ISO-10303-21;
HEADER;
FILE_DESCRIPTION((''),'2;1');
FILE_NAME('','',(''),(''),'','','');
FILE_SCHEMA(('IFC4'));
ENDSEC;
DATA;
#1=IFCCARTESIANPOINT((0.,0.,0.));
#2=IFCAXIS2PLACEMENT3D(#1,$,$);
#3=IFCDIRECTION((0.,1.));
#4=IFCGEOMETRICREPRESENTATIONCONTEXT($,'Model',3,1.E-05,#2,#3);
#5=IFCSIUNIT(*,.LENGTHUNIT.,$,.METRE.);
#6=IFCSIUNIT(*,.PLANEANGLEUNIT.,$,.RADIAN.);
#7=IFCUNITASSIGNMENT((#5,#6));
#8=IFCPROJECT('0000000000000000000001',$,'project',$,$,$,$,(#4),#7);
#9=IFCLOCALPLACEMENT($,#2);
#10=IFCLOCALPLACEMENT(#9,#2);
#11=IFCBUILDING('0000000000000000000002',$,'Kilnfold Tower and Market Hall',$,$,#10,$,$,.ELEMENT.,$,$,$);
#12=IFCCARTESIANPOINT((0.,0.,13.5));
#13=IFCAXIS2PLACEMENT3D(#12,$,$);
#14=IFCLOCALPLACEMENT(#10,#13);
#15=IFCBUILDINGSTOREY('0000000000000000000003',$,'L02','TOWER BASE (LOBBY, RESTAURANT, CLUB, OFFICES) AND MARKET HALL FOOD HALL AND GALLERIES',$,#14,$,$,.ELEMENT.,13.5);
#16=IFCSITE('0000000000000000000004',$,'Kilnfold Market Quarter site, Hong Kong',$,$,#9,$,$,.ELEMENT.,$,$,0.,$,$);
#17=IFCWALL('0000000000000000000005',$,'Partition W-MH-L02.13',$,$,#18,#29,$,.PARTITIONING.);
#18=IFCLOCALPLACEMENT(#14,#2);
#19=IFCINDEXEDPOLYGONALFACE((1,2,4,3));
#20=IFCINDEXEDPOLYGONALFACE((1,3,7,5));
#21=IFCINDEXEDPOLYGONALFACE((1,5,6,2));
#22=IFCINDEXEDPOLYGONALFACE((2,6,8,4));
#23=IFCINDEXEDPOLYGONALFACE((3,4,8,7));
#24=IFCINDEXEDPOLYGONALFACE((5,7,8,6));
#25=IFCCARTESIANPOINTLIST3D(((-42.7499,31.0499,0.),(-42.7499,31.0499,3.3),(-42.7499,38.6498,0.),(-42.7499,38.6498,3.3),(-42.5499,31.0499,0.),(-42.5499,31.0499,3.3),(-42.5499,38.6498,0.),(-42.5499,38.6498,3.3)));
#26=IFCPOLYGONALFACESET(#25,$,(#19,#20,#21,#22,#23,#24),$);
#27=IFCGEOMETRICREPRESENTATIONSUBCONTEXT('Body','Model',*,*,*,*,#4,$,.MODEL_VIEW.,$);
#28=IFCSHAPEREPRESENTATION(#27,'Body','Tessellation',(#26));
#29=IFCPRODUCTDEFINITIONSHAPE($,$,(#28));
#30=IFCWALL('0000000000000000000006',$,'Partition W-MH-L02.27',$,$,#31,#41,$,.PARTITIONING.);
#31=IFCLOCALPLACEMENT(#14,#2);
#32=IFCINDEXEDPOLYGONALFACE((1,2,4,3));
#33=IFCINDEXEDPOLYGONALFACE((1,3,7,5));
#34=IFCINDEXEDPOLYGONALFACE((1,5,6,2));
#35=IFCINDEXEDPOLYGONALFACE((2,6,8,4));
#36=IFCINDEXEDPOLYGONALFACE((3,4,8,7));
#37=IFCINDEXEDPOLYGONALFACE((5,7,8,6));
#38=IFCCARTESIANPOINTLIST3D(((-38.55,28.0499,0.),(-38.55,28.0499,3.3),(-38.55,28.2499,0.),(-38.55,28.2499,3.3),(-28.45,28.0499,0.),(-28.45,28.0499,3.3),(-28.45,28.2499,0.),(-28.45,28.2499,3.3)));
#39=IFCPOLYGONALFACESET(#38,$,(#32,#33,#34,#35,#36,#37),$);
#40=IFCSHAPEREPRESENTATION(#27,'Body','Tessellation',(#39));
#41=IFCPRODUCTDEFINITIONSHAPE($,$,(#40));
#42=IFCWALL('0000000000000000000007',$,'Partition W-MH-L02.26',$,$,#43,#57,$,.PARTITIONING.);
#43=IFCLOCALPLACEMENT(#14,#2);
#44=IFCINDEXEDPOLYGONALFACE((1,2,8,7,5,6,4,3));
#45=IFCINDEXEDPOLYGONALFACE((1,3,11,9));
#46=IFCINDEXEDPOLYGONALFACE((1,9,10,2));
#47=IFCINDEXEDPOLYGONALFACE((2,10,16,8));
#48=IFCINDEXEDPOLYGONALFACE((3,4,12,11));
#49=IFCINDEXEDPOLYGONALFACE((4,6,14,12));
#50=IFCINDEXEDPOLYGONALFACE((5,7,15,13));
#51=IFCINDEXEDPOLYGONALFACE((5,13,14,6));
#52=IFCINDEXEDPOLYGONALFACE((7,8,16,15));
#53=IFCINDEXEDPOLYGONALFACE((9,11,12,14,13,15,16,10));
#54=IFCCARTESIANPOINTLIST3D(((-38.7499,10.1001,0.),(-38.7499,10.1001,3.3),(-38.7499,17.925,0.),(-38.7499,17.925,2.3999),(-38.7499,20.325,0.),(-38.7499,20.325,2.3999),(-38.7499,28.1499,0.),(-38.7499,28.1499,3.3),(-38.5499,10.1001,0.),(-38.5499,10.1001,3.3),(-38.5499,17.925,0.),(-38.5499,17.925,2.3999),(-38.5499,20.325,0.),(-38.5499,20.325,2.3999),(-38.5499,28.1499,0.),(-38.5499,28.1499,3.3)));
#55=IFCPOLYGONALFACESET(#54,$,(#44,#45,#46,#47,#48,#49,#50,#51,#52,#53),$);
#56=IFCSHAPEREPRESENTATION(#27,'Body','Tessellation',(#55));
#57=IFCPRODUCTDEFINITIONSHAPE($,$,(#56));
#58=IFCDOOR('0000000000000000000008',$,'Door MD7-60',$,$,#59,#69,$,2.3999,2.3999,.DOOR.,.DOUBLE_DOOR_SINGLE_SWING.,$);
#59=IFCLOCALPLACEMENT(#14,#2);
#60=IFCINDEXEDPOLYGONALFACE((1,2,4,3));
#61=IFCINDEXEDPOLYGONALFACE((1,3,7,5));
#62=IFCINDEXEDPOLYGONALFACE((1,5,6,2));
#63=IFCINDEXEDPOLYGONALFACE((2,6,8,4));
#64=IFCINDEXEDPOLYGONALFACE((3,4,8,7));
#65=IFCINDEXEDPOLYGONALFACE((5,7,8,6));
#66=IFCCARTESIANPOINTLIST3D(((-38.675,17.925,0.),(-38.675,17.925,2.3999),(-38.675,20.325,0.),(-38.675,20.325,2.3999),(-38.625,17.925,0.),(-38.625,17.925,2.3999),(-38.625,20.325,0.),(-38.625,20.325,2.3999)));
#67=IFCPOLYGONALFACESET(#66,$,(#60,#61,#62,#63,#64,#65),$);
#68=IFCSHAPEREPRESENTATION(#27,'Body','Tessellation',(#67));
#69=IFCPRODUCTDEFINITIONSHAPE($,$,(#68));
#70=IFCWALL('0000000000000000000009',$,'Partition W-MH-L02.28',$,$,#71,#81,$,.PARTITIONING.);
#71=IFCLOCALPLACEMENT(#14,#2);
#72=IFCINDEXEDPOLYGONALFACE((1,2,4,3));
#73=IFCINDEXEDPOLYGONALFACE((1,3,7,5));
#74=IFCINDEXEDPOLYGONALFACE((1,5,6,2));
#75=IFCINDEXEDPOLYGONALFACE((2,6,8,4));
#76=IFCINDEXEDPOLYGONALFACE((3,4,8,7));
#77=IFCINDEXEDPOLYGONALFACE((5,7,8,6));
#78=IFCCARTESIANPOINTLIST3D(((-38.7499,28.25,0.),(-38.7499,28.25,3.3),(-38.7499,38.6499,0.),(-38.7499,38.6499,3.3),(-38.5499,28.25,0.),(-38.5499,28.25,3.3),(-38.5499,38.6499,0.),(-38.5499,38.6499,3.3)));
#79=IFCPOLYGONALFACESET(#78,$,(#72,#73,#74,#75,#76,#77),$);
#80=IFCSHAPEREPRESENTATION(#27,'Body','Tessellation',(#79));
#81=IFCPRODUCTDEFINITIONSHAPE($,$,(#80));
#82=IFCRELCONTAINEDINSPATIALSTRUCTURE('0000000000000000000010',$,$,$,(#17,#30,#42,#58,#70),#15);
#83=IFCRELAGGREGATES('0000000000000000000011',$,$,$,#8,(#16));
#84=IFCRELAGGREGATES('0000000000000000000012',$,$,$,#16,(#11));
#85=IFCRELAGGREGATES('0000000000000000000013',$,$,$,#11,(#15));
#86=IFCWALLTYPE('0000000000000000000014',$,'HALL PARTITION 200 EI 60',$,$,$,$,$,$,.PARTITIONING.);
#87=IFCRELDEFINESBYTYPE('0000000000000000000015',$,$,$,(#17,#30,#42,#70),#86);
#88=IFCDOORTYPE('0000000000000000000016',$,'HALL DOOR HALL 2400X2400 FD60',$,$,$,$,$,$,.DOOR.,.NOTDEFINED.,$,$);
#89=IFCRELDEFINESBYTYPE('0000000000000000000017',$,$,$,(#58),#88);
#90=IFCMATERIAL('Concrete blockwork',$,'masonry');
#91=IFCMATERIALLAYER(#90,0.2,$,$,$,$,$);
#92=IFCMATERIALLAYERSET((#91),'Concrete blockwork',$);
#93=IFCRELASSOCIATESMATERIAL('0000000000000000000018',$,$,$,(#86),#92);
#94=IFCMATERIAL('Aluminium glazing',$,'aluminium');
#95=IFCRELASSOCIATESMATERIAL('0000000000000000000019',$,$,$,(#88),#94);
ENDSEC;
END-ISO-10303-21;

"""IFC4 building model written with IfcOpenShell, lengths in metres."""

from ifc_helpers import new_model, si_unit, direction, frame, frame_2d, origin, place, context, subcontext, project, spatial, rectangle, extrude, source, transform, mapped, material, layer, layer_set, type_object, element, fill, save


model = new_model("IFC4")

# Units and contexts
model_context = context("Model", 3, precision=1e-05, world=origin(), true_north=direction((0.0, 1.0)))
body_context = subcontext(model_context, "Body", "Model", "MODEL_VIEW")
ifc_project = project(units=[si_unit("LENGTHUNIT", "METRE"), si_unit("PLANEANGLEUNIT", "RADIAN")], contexts=[model_context])

# Site, building, storey
site_placement = place(None, origin())
site = spatial("IfcSite", under=ifc_project, at=site_placement, Name="Kilnfold Market Quarter site, Hong Kong", CompositionType="ELEMENT", RefElevation=0.0)
building_placement = place(site_placement, origin())
building = spatial("IfcBuilding", under=site, at=building_placement, Name="Kilnfold Tower and Market Hall", CompositionType="ELEMENT")
storey_placement = place(building_placement, frame((0.0, 0.0, 13.5)))
storey = spatial("IfcBuildingStorey", under=building, at=storey_placement, Name="L02", Description="TOWER BASE (LOBBY, RESTAURANT, CLUB, OFFICES) AND MARKET HALL FOOD HALL AND GALLERIES", CompositionType="ELEMENT", Elevation=13.5)

# Wall
ifc_material_1 = material(Name="Concrete blockwork", Category="masonry")
ifc_layer_1 = layer(ifc_material_1, 0.2)
ifc_layer_set_1 = layer_set([ifc_layer_1], Name="Concrete blockwork")
wall_type_1 = type_object("IfcWallType", Name="HALL PARTITION 200 EI 60", PredefinedType="PARTITIONING", material=ifc_layer_set_1)
shared_shape_1 = source(origin(), body_context, "Body", "SweptSolid", [
    extrude(rectangle(XDim=7.5999, YDim=0.2, at=frame_2d((3.7998, 0.0))), origin(), (0.0, 0.0, 1.0), 3.3),
])
wall_1_placement = place(storey_placement, frame((-42.6499, 31.05, 0.0), z_axis=(0.0, 0.0, 1.0), x_axis=(0.0, 1.0, 0.0)))
element("IfcWall", 1, at=wall_1_placement, inside=storey, type_object=wall_type_1, Name="Partition W-MH-L02.13", PredefinedType="PARTITIONING", context=body_context, shape_type="MappedRepresentation", body=[
    mapped(shared_shape_1, transform((0.0, 0.0, 0.0))),
])

# Shared definitions
ifc_material_2 = material(Name="Aluminium glazing", Category="aluminium")
door_type_1 = type_object("IfcDoorType", Name="HALL DOOR HALL 2400X2400 FD60", OperationType="NOTDEFINED", PredefinedType="DOOR", material=ifc_material_2)

# Wall
shared_shape_2 = source(origin(), body_context, "Body", "SweptSolid", [
    extrude(rectangle(XDim=10.1001, YDim=0.2, at=frame_2d((5.05, 0.0))), origin(), (0.0, 0.0, 1.0), 3.3),
])
wall_2_placement = place(storey_placement, frame((-38.55, 28.1499, 0.0), z_axis=(0.0, 0.0, 1.0), x_axis=(1.0, 0.0, 0.0)))
element("IfcWall", 2, at=wall_2_placement, inside=storey, type_object=wall_type_1, Name="Partition W-MH-L02.27", PredefinedType="PARTITIONING", context=body_context, shape_type="MappedRepresentation", body=[
    mapped(shared_shape_2, transform((0.0, 0.0, 0.0))),
])

# Wall, opening, door
shared_shape_3 = source(origin(), body_context, "Body", "SweptSolid", [
    extrude(rectangle(XDim=18.0498, YDim=0.2, at=frame_2d((9.0249, 0.0))), origin(), (0.0, 0.0, 1.0), 3.3),
])
wall_3_placement = place(storey_placement, frame((-38.6499, 28.1499, 0.0), z_axis=(0.0, 0.0, 1.0), x_axis=(0.0, -1.0, 0.0)))
wall_3 = element("IfcWall", 3, at=wall_3_placement, inside=storey, type_object=wall_type_1, Name="Partition W-MH-L02.26", PredefinedType="PARTITIONING", context=body_context, shape_type="MappedRepresentation", body=[
    mapped(shared_shape_3, transform((0.0, 0.0, 0.0))),
])
opening_1_placement = place(wall_3_placement, frame((7.825, 0.0, 0.0)))
opening_1 = element("IfcOpeningElement", 4, at=opening_1_placement, cuts=wall_3, PredefinedType="OPENING", context=body_context, shape_type="SweptSolid", body=[
    extrude(rectangle(XDim=2.3999, YDim=2.3999, at=frame_2d((1.2, 1.2))), frame((0.0, 0.1099, 0.0), z_axis=(0.0, -1.0, 0.0), x_axis=(1.0, 0.0, 0.0)), (0.0, 0.0, 1.0), 0.22),
])
door_1_placement = place(opening_1_placement, origin())
door_1 = element("IfcDoor", 5, at=door_1_placement, inside=storey, type_object=door_type_1, Name="Door MD7-60", OperationType="DOUBLE_DOOR_SINGLE_SWING", OverallHeight=2.3999, OverallWidth=2.3999, PredefinedType="DOOR", context=body_context, shape_type="SweptSolid", body=[
    extrude(rectangle(XDim=2.3999, YDim=2.3999, at=frame_2d((1.2, 1.2))), frame((0.0, 0.0249, 0.0), z_axis=(0.0, -1.0, 0.0), x_axis=(1.0, 0.0, 0.0)), (0.0, 0.0, 1.0), 0.05),
])
fill(opening_1, door_1)

# Wall
shared_shape_4 = source(origin(), body_context, "Body", "SweptSolid", [
    extrude(rectangle(XDim=10.3999, YDim=0.2, at=frame_2d((5.2, 0.0))), origin(), (0.0, 0.0, 1.0), 3.3),
])
wall_4_placement = place(storey_placement, frame((-38.6499, 38.6499, 0.0), z_axis=(0.0, 0.0, 1.0), x_axis=(0.0, -1.0, 0.0)))
element("IfcWall", 6, at=wall_4_placement, inside=storey, type_object=wall_type_1, Name="Partition W-MH-L02.28", PredefinedType="PARTITIONING", context=body_context, shape_type="MappedRepresentation", body=[
    mapped(shared_shape_4, transform((0.0, 0.0, 0.0))),
])

save(model, "model.ifc")
